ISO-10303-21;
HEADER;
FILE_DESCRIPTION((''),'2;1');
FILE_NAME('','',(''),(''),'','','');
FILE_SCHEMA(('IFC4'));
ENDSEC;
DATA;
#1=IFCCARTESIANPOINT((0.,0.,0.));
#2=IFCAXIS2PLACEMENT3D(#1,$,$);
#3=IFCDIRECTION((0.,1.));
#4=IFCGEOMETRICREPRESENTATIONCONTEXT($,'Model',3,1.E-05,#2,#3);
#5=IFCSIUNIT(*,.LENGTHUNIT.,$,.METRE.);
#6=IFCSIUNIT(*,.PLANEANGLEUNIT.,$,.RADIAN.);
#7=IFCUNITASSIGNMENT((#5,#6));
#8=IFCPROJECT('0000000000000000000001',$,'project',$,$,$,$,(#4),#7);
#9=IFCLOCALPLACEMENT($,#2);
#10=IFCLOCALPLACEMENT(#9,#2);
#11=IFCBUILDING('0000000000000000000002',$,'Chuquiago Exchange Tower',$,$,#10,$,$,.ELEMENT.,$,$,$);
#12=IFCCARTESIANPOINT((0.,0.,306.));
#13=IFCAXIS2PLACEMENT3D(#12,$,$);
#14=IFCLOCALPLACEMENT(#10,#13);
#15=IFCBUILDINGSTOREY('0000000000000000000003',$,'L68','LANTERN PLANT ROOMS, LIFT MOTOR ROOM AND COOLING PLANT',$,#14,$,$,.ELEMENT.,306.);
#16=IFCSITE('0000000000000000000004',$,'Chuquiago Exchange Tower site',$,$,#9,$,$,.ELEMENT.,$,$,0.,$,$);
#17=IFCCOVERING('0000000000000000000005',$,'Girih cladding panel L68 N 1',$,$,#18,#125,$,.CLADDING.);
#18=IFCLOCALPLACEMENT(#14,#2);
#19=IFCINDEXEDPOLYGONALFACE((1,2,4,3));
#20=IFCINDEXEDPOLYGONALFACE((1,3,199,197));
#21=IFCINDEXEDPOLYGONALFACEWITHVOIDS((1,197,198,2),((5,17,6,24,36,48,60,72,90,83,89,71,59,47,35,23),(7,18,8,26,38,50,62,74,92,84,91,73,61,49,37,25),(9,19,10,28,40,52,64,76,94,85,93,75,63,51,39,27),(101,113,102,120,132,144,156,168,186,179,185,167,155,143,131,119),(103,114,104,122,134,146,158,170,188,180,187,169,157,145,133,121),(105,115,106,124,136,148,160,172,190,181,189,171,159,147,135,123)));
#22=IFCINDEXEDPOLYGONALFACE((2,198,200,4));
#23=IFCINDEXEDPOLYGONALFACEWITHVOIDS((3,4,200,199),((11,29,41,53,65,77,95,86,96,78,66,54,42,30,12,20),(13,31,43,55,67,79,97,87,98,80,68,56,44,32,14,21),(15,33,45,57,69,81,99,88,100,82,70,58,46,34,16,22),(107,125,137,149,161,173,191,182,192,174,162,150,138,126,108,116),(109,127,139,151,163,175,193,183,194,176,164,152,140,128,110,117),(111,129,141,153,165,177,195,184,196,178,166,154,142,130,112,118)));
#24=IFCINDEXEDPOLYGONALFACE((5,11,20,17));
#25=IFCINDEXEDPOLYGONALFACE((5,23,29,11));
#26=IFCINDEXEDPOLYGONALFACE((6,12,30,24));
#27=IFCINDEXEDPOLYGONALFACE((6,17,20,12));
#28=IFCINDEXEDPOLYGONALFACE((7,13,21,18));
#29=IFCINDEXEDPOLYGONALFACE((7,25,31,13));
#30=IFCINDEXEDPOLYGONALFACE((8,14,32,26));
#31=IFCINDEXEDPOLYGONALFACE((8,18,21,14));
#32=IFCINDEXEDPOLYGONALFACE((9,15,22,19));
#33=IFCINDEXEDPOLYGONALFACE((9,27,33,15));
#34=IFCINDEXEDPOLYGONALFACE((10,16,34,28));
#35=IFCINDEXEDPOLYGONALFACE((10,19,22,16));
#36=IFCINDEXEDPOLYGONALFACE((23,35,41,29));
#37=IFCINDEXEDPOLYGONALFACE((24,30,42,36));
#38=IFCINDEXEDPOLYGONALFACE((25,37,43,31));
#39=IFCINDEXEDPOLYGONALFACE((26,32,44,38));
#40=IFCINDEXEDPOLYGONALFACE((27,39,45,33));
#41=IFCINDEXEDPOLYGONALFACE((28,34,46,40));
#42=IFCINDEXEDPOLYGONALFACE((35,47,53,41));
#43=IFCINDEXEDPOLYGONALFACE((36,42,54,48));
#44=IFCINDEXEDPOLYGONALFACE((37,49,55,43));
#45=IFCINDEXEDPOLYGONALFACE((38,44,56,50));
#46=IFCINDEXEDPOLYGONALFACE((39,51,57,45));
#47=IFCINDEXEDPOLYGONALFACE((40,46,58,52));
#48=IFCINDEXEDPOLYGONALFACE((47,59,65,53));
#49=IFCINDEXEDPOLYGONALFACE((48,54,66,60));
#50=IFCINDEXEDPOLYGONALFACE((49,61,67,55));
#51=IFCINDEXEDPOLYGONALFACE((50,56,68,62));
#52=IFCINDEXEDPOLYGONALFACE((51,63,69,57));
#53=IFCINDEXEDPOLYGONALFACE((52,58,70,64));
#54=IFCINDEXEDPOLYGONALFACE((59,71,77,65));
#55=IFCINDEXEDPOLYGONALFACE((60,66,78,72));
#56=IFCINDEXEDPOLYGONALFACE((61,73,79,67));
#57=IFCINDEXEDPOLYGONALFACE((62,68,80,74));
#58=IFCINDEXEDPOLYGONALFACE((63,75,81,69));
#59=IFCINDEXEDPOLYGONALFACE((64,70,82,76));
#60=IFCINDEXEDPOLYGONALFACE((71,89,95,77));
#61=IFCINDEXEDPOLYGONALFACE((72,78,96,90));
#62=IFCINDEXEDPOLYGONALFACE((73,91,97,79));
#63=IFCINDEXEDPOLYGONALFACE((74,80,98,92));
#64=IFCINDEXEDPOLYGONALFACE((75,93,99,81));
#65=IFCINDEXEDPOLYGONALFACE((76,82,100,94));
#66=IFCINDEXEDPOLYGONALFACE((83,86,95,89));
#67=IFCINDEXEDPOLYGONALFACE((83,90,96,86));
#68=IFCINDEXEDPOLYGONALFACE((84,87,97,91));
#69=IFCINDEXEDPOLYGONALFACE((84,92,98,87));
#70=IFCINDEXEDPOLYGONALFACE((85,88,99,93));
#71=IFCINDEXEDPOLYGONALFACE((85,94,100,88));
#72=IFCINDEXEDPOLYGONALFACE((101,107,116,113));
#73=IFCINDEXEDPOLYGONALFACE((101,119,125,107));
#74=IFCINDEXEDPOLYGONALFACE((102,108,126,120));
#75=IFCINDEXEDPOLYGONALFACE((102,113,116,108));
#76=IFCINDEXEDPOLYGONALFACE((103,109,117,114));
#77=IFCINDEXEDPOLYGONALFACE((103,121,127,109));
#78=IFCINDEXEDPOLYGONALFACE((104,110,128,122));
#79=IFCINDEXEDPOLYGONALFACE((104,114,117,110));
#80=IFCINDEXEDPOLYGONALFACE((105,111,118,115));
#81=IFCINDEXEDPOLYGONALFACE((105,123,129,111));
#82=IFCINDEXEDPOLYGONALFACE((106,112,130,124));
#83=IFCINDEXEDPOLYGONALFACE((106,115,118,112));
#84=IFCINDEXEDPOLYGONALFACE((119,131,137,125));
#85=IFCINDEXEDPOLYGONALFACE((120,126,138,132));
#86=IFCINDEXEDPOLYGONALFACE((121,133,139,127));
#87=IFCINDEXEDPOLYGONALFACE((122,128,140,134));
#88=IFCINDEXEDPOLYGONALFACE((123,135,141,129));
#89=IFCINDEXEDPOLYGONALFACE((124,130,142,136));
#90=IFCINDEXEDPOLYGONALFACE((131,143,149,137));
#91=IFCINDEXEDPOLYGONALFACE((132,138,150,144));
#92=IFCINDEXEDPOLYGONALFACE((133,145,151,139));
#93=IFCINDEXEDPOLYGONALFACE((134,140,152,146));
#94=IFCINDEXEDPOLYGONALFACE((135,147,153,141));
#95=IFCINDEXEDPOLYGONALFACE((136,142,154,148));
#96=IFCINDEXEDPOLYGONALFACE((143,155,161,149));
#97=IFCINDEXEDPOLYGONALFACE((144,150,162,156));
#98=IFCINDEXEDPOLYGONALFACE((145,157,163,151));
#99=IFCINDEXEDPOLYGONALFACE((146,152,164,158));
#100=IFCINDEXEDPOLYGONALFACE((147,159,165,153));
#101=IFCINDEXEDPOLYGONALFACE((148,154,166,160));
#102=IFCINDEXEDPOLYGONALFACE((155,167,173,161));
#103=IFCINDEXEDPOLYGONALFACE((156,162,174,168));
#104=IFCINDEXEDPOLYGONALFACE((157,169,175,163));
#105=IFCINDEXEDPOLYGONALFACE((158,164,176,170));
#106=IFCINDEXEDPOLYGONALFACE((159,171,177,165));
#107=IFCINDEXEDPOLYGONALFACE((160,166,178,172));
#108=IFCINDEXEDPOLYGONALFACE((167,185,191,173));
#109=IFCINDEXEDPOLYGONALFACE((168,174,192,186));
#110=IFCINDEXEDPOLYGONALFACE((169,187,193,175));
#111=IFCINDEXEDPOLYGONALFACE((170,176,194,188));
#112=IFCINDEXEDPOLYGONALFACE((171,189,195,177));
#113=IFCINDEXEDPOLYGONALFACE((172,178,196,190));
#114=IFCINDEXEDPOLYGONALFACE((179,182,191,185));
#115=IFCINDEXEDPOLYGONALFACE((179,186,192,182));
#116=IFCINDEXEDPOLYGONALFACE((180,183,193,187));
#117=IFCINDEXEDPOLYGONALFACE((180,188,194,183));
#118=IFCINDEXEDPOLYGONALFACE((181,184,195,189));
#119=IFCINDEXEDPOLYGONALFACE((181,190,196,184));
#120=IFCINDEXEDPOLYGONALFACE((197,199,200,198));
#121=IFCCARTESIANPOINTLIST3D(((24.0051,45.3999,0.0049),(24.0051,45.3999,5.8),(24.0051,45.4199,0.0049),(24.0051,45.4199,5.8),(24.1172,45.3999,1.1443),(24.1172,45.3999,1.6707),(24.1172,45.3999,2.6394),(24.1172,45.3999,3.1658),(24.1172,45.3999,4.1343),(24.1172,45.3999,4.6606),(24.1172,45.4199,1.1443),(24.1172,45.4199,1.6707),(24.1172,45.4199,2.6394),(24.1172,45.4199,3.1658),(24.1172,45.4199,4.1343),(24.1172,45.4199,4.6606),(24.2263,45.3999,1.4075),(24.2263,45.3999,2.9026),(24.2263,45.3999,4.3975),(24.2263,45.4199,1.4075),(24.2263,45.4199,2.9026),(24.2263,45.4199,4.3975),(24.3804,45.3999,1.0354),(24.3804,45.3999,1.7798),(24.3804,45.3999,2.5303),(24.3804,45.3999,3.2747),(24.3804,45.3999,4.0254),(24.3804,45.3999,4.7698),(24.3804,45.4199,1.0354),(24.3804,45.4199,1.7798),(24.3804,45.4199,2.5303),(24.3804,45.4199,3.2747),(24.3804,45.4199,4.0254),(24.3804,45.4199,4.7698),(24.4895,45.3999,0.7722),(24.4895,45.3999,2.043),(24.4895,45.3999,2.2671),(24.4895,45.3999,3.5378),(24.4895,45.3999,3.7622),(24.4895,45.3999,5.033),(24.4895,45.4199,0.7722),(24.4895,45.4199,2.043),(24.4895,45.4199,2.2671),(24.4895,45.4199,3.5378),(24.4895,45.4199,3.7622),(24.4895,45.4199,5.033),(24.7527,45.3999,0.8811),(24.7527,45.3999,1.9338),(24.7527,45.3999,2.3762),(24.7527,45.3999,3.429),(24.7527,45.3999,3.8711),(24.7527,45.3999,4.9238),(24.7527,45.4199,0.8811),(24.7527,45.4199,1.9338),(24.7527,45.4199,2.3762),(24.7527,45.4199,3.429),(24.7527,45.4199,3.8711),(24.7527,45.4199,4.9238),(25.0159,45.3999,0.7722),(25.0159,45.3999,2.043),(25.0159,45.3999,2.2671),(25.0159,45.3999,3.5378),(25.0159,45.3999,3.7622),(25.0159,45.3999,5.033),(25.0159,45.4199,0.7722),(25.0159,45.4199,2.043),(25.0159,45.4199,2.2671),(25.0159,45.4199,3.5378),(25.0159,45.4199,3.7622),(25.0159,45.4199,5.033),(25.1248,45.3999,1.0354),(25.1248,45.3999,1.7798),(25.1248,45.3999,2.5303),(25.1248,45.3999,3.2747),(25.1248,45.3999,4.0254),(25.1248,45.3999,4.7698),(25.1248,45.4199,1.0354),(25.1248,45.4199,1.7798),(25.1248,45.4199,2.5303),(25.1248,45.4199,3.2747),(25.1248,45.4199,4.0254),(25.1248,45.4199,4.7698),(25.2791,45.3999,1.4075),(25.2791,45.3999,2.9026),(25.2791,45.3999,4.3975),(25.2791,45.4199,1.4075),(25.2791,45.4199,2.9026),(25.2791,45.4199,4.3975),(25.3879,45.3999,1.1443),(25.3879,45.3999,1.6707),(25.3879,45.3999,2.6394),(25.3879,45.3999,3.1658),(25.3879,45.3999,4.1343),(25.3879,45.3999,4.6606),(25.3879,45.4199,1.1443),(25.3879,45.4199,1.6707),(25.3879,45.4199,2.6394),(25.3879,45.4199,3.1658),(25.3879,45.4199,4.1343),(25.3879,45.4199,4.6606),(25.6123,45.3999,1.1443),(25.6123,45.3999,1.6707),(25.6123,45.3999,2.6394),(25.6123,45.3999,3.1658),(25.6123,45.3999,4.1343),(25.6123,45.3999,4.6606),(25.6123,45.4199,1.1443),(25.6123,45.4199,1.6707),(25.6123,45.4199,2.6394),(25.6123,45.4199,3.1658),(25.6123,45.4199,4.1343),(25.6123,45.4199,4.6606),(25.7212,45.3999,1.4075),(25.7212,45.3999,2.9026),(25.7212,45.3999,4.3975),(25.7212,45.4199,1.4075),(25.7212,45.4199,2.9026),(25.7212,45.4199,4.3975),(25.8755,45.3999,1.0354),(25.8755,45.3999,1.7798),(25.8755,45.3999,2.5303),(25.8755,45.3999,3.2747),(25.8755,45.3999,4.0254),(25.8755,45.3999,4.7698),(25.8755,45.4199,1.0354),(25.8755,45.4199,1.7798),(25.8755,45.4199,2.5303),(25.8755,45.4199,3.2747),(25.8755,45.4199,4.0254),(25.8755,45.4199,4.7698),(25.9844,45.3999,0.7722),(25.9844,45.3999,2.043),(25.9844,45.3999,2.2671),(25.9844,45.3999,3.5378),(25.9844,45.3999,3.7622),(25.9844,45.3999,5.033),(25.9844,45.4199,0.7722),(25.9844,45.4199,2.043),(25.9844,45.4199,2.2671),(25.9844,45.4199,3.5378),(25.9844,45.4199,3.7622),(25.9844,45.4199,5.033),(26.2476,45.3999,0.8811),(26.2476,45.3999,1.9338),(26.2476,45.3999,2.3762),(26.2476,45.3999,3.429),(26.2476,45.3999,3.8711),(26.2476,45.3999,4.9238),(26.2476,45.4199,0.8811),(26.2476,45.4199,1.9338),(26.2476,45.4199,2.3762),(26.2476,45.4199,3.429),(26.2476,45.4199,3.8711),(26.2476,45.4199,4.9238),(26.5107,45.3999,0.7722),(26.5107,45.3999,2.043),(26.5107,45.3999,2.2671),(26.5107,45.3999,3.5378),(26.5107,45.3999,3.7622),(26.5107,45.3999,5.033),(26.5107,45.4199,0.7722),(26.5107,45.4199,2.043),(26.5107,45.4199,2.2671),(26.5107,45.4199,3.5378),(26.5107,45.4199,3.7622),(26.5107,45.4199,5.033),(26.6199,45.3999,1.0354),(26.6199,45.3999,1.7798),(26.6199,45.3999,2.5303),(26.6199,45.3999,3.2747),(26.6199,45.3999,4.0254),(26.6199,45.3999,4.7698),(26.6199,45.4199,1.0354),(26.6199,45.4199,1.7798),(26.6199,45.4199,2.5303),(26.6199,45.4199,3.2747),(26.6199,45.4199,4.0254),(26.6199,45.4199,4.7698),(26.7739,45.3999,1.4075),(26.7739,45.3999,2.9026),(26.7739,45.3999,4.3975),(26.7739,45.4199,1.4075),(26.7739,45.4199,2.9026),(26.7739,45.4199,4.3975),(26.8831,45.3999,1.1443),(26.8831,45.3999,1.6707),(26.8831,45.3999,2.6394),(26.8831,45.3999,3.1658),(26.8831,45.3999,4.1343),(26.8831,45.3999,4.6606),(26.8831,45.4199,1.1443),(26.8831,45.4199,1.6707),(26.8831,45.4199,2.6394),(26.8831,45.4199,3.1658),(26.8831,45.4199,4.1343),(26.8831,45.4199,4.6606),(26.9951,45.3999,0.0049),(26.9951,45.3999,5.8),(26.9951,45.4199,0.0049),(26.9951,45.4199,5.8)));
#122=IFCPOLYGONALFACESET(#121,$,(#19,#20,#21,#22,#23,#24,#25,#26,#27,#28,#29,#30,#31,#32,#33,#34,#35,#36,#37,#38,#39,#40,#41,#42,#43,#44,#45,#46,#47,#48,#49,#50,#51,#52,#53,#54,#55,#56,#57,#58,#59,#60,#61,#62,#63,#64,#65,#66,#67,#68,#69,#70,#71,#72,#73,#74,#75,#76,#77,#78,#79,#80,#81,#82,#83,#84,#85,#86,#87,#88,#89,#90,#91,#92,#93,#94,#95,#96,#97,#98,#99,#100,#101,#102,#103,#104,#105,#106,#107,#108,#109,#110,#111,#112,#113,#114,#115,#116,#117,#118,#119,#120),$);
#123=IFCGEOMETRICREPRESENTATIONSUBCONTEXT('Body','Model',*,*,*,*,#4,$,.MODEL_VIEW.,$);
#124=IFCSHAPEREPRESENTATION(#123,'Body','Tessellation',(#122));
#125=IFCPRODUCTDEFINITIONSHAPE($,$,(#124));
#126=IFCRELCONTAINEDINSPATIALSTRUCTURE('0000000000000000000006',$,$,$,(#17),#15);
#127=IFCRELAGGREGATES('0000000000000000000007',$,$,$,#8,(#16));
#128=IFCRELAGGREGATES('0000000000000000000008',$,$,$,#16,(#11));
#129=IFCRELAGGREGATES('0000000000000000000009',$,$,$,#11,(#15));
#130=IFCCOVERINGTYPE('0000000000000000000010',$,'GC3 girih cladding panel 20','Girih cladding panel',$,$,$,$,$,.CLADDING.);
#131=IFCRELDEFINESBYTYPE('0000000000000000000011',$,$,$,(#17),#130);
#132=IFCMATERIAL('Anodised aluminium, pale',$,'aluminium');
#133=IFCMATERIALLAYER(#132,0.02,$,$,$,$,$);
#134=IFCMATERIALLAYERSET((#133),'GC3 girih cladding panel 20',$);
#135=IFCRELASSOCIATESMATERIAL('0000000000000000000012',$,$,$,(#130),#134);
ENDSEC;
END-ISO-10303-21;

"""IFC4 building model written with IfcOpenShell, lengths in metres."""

from ifc_helpers import new_model, si_unit, direction, frame, origin, place, context, subcontext, project, spatial, polyline, outline, extrude, material, layer, layer_set, type_object, element, save


model = new_model("IFC4")

# Units and contexts
model_context = context("Model", 3, precision=1e-05, world=origin(), true_north=direction((0.0, 1.0)))
body_context = subcontext(model_context, "Body", "Model", "MODEL_VIEW")
ifc_project = project(units=[si_unit("LENGTHUNIT", "METRE"), si_unit("PLANEANGLEUNIT", "RADIAN")], contexts=[model_context])

# Site, building, storey
site_placement = place(None, origin())
site = spatial("IfcSite", under=ifc_project, at=site_placement, Name="Chuquiago Exchange Tower site", CompositionType="ELEMENT", RefElevation=0.0)
building_placement = place(site_placement, origin())
building = spatial("IfcBuilding", under=site, at=building_placement, Name="Chuquiago Exchange Tower", CompositionType="ELEMENT")
storey_placement = place(building_placement, frame((0.0, 0.0, 306.0)))
storey = spatial("IfcBuildingStorey", under=building, at=storey_placement, Name="L68", Description="LANTERN PLANT ROOMS, LIFT MOTOR ROOM AND COOLING PLANT", CompositionType="ELEMENT", Elevation=306.0)

# Covering
ifc_material_1 = material(Name="Anodised aluminium, pale", Category="aluminium")
ifc_layer_1 = layer(ifc_material_1, 0.02)
ifc_layer_set_1 = layer_set([ifc_layer_1], Name="GC3 girih cladding panel 20")
covering_type = type_object("IfcCoveringType", Name="GC3 girih cladding panel 20", Description="Girih cladding panel", PredefinedType="CLADDING", material=ifc_layer_set_1)
covering_1_placement = place(storey_placement, frame((26.9951, 45.3999, 0.0049), z_axis=(0.0, 0.0, 1.0), x_axis=(-1.0, 0.0, 0.0)))
element("IfcCovering", 1, at=covering_1_placement, inside=storey, type_object=covering_type, Name="Girih cladding panel L68 N 1", PredefinedType="CLADDING", context=body_context, shape_type="SweptSolid", body=[
    extrude(outline(polyline([(0.0, 0.0), (2.99, 0.0), (2.99, 5.7952), (0.0, 5.7952), (0.0, 0.0)]), holes=[polyline([(1.2739, 1.4026), (1.3828, 1.6658), (1.1196, 1.7749), (1.0107, 2.0381), (0.7476, 1.929), (0.4844, 2.0381), (0.3752, 1.7749), (0.1121, 1.6658), (0.2212, 1.4026), (0.1121, 1.1394), (0.3752, 1.0305), (0.4844, 0.7673), (0.7476, 0.8762), (1.0107, 0.7673), (1.1196, 1.0305), (1.3828, 1.1394), (1.2739, 1.4026)]), polyline([(2.7688, 1.4026), (2.8779, 1.6658), (2.6147, 1.7749), (2.5056, 2.0381), (2.2424, 1.929), (1.9792, 2.0381), (1.8704, 1.7749), (1.6072, 1.6658), (1.7161, 1.4026), (1.6072, 1.1394), (1.8704, 1.0305), (1.9792, 0.7673), (2.2424, 0.8762), (2.5056, 0.7673), (2.6147, 1.0305), (2.8779, 1.1394), (2.7688, 1.4026)]), polyline([(1.2739, 2.8977), (1.3828, 3.1609), (1.1196, 3.2698), (1.0107, 3.533), (0.7476, 3.4241), (0.4844, 3.533), (0.3752, 3.2698), (0.1121, 3.1609), (0.2212, 2.8977), (0.1121, 2.6345), (0.3752, 2.5254), (0.4844, 2.2622), (0.7476, 2.3713), (1.0107, 2.2622), (1.1196, 2.5254), (1.3828, 2.6345), (1.2739, 2.8977)]), polyline([(2.7688, 2.8977), (2.8779, 3.1609), (2.6147, 3.2698), (2.5056, 3.533), (2.2424, 3.4241), (1.9792, 3.533), (1.8704, 3.2698), (1.6072, 3.1609), (1.7161, 2.8977), (1.6072, 2.6345), (1.8704, 2.5254), (1.9792, 2.2622), (2.2424, 2.3713), (2.5056, 2.2622), (2.6147, 2.5254), (2.8779, 2.6345), (2.7688, 2.8977)]), polyline([(1.2739, 4.3926), (1.3828, 4.6558), (1.1196, 4.7649), (1.0107, 5.0281), (0.7476, 4.9189), (0.4844, 5.0281), (0.3752, 4.7649), (0.1121, 4.6558), (0.2212, 4.3926), (0.1121, 4.1294), (0.3752, 4.0205), (0.4844, 3.7573), (0.7476, 3.8662), (1.0107, 3.7573), (1.1196, 4.0205), (1.3828, 4.1294), (1.2739, 4.3926)]), polyline([(2.7688, 4.3926), (2.8779, 4.6558), (2.6147, 4.7649), (2.5056, 5.0281), (2.2424, 4.9189), (1.9792, 5.0281), (1.8704, 4.7649), (1.6072, 4.6558), (1.7161, 4.3926), (1.6072, 4.1294), (1.8704, 4.0205), (1.9792, 3.7573), (2.2424, 3.8662), (2.5056, 3.7573), (2.6147, 4.0205), (2.8779, 4.1294), (2.7688, 4.3926)])]), frame((0.0, 0.0, 0.0), z_axis=(0.0, -1.0, 0.0), x_axis=(1.0, 0.0, 0.0)), (0.0, 0.0, 1.0), 0.02),
])

save(model, "model.ifc")
